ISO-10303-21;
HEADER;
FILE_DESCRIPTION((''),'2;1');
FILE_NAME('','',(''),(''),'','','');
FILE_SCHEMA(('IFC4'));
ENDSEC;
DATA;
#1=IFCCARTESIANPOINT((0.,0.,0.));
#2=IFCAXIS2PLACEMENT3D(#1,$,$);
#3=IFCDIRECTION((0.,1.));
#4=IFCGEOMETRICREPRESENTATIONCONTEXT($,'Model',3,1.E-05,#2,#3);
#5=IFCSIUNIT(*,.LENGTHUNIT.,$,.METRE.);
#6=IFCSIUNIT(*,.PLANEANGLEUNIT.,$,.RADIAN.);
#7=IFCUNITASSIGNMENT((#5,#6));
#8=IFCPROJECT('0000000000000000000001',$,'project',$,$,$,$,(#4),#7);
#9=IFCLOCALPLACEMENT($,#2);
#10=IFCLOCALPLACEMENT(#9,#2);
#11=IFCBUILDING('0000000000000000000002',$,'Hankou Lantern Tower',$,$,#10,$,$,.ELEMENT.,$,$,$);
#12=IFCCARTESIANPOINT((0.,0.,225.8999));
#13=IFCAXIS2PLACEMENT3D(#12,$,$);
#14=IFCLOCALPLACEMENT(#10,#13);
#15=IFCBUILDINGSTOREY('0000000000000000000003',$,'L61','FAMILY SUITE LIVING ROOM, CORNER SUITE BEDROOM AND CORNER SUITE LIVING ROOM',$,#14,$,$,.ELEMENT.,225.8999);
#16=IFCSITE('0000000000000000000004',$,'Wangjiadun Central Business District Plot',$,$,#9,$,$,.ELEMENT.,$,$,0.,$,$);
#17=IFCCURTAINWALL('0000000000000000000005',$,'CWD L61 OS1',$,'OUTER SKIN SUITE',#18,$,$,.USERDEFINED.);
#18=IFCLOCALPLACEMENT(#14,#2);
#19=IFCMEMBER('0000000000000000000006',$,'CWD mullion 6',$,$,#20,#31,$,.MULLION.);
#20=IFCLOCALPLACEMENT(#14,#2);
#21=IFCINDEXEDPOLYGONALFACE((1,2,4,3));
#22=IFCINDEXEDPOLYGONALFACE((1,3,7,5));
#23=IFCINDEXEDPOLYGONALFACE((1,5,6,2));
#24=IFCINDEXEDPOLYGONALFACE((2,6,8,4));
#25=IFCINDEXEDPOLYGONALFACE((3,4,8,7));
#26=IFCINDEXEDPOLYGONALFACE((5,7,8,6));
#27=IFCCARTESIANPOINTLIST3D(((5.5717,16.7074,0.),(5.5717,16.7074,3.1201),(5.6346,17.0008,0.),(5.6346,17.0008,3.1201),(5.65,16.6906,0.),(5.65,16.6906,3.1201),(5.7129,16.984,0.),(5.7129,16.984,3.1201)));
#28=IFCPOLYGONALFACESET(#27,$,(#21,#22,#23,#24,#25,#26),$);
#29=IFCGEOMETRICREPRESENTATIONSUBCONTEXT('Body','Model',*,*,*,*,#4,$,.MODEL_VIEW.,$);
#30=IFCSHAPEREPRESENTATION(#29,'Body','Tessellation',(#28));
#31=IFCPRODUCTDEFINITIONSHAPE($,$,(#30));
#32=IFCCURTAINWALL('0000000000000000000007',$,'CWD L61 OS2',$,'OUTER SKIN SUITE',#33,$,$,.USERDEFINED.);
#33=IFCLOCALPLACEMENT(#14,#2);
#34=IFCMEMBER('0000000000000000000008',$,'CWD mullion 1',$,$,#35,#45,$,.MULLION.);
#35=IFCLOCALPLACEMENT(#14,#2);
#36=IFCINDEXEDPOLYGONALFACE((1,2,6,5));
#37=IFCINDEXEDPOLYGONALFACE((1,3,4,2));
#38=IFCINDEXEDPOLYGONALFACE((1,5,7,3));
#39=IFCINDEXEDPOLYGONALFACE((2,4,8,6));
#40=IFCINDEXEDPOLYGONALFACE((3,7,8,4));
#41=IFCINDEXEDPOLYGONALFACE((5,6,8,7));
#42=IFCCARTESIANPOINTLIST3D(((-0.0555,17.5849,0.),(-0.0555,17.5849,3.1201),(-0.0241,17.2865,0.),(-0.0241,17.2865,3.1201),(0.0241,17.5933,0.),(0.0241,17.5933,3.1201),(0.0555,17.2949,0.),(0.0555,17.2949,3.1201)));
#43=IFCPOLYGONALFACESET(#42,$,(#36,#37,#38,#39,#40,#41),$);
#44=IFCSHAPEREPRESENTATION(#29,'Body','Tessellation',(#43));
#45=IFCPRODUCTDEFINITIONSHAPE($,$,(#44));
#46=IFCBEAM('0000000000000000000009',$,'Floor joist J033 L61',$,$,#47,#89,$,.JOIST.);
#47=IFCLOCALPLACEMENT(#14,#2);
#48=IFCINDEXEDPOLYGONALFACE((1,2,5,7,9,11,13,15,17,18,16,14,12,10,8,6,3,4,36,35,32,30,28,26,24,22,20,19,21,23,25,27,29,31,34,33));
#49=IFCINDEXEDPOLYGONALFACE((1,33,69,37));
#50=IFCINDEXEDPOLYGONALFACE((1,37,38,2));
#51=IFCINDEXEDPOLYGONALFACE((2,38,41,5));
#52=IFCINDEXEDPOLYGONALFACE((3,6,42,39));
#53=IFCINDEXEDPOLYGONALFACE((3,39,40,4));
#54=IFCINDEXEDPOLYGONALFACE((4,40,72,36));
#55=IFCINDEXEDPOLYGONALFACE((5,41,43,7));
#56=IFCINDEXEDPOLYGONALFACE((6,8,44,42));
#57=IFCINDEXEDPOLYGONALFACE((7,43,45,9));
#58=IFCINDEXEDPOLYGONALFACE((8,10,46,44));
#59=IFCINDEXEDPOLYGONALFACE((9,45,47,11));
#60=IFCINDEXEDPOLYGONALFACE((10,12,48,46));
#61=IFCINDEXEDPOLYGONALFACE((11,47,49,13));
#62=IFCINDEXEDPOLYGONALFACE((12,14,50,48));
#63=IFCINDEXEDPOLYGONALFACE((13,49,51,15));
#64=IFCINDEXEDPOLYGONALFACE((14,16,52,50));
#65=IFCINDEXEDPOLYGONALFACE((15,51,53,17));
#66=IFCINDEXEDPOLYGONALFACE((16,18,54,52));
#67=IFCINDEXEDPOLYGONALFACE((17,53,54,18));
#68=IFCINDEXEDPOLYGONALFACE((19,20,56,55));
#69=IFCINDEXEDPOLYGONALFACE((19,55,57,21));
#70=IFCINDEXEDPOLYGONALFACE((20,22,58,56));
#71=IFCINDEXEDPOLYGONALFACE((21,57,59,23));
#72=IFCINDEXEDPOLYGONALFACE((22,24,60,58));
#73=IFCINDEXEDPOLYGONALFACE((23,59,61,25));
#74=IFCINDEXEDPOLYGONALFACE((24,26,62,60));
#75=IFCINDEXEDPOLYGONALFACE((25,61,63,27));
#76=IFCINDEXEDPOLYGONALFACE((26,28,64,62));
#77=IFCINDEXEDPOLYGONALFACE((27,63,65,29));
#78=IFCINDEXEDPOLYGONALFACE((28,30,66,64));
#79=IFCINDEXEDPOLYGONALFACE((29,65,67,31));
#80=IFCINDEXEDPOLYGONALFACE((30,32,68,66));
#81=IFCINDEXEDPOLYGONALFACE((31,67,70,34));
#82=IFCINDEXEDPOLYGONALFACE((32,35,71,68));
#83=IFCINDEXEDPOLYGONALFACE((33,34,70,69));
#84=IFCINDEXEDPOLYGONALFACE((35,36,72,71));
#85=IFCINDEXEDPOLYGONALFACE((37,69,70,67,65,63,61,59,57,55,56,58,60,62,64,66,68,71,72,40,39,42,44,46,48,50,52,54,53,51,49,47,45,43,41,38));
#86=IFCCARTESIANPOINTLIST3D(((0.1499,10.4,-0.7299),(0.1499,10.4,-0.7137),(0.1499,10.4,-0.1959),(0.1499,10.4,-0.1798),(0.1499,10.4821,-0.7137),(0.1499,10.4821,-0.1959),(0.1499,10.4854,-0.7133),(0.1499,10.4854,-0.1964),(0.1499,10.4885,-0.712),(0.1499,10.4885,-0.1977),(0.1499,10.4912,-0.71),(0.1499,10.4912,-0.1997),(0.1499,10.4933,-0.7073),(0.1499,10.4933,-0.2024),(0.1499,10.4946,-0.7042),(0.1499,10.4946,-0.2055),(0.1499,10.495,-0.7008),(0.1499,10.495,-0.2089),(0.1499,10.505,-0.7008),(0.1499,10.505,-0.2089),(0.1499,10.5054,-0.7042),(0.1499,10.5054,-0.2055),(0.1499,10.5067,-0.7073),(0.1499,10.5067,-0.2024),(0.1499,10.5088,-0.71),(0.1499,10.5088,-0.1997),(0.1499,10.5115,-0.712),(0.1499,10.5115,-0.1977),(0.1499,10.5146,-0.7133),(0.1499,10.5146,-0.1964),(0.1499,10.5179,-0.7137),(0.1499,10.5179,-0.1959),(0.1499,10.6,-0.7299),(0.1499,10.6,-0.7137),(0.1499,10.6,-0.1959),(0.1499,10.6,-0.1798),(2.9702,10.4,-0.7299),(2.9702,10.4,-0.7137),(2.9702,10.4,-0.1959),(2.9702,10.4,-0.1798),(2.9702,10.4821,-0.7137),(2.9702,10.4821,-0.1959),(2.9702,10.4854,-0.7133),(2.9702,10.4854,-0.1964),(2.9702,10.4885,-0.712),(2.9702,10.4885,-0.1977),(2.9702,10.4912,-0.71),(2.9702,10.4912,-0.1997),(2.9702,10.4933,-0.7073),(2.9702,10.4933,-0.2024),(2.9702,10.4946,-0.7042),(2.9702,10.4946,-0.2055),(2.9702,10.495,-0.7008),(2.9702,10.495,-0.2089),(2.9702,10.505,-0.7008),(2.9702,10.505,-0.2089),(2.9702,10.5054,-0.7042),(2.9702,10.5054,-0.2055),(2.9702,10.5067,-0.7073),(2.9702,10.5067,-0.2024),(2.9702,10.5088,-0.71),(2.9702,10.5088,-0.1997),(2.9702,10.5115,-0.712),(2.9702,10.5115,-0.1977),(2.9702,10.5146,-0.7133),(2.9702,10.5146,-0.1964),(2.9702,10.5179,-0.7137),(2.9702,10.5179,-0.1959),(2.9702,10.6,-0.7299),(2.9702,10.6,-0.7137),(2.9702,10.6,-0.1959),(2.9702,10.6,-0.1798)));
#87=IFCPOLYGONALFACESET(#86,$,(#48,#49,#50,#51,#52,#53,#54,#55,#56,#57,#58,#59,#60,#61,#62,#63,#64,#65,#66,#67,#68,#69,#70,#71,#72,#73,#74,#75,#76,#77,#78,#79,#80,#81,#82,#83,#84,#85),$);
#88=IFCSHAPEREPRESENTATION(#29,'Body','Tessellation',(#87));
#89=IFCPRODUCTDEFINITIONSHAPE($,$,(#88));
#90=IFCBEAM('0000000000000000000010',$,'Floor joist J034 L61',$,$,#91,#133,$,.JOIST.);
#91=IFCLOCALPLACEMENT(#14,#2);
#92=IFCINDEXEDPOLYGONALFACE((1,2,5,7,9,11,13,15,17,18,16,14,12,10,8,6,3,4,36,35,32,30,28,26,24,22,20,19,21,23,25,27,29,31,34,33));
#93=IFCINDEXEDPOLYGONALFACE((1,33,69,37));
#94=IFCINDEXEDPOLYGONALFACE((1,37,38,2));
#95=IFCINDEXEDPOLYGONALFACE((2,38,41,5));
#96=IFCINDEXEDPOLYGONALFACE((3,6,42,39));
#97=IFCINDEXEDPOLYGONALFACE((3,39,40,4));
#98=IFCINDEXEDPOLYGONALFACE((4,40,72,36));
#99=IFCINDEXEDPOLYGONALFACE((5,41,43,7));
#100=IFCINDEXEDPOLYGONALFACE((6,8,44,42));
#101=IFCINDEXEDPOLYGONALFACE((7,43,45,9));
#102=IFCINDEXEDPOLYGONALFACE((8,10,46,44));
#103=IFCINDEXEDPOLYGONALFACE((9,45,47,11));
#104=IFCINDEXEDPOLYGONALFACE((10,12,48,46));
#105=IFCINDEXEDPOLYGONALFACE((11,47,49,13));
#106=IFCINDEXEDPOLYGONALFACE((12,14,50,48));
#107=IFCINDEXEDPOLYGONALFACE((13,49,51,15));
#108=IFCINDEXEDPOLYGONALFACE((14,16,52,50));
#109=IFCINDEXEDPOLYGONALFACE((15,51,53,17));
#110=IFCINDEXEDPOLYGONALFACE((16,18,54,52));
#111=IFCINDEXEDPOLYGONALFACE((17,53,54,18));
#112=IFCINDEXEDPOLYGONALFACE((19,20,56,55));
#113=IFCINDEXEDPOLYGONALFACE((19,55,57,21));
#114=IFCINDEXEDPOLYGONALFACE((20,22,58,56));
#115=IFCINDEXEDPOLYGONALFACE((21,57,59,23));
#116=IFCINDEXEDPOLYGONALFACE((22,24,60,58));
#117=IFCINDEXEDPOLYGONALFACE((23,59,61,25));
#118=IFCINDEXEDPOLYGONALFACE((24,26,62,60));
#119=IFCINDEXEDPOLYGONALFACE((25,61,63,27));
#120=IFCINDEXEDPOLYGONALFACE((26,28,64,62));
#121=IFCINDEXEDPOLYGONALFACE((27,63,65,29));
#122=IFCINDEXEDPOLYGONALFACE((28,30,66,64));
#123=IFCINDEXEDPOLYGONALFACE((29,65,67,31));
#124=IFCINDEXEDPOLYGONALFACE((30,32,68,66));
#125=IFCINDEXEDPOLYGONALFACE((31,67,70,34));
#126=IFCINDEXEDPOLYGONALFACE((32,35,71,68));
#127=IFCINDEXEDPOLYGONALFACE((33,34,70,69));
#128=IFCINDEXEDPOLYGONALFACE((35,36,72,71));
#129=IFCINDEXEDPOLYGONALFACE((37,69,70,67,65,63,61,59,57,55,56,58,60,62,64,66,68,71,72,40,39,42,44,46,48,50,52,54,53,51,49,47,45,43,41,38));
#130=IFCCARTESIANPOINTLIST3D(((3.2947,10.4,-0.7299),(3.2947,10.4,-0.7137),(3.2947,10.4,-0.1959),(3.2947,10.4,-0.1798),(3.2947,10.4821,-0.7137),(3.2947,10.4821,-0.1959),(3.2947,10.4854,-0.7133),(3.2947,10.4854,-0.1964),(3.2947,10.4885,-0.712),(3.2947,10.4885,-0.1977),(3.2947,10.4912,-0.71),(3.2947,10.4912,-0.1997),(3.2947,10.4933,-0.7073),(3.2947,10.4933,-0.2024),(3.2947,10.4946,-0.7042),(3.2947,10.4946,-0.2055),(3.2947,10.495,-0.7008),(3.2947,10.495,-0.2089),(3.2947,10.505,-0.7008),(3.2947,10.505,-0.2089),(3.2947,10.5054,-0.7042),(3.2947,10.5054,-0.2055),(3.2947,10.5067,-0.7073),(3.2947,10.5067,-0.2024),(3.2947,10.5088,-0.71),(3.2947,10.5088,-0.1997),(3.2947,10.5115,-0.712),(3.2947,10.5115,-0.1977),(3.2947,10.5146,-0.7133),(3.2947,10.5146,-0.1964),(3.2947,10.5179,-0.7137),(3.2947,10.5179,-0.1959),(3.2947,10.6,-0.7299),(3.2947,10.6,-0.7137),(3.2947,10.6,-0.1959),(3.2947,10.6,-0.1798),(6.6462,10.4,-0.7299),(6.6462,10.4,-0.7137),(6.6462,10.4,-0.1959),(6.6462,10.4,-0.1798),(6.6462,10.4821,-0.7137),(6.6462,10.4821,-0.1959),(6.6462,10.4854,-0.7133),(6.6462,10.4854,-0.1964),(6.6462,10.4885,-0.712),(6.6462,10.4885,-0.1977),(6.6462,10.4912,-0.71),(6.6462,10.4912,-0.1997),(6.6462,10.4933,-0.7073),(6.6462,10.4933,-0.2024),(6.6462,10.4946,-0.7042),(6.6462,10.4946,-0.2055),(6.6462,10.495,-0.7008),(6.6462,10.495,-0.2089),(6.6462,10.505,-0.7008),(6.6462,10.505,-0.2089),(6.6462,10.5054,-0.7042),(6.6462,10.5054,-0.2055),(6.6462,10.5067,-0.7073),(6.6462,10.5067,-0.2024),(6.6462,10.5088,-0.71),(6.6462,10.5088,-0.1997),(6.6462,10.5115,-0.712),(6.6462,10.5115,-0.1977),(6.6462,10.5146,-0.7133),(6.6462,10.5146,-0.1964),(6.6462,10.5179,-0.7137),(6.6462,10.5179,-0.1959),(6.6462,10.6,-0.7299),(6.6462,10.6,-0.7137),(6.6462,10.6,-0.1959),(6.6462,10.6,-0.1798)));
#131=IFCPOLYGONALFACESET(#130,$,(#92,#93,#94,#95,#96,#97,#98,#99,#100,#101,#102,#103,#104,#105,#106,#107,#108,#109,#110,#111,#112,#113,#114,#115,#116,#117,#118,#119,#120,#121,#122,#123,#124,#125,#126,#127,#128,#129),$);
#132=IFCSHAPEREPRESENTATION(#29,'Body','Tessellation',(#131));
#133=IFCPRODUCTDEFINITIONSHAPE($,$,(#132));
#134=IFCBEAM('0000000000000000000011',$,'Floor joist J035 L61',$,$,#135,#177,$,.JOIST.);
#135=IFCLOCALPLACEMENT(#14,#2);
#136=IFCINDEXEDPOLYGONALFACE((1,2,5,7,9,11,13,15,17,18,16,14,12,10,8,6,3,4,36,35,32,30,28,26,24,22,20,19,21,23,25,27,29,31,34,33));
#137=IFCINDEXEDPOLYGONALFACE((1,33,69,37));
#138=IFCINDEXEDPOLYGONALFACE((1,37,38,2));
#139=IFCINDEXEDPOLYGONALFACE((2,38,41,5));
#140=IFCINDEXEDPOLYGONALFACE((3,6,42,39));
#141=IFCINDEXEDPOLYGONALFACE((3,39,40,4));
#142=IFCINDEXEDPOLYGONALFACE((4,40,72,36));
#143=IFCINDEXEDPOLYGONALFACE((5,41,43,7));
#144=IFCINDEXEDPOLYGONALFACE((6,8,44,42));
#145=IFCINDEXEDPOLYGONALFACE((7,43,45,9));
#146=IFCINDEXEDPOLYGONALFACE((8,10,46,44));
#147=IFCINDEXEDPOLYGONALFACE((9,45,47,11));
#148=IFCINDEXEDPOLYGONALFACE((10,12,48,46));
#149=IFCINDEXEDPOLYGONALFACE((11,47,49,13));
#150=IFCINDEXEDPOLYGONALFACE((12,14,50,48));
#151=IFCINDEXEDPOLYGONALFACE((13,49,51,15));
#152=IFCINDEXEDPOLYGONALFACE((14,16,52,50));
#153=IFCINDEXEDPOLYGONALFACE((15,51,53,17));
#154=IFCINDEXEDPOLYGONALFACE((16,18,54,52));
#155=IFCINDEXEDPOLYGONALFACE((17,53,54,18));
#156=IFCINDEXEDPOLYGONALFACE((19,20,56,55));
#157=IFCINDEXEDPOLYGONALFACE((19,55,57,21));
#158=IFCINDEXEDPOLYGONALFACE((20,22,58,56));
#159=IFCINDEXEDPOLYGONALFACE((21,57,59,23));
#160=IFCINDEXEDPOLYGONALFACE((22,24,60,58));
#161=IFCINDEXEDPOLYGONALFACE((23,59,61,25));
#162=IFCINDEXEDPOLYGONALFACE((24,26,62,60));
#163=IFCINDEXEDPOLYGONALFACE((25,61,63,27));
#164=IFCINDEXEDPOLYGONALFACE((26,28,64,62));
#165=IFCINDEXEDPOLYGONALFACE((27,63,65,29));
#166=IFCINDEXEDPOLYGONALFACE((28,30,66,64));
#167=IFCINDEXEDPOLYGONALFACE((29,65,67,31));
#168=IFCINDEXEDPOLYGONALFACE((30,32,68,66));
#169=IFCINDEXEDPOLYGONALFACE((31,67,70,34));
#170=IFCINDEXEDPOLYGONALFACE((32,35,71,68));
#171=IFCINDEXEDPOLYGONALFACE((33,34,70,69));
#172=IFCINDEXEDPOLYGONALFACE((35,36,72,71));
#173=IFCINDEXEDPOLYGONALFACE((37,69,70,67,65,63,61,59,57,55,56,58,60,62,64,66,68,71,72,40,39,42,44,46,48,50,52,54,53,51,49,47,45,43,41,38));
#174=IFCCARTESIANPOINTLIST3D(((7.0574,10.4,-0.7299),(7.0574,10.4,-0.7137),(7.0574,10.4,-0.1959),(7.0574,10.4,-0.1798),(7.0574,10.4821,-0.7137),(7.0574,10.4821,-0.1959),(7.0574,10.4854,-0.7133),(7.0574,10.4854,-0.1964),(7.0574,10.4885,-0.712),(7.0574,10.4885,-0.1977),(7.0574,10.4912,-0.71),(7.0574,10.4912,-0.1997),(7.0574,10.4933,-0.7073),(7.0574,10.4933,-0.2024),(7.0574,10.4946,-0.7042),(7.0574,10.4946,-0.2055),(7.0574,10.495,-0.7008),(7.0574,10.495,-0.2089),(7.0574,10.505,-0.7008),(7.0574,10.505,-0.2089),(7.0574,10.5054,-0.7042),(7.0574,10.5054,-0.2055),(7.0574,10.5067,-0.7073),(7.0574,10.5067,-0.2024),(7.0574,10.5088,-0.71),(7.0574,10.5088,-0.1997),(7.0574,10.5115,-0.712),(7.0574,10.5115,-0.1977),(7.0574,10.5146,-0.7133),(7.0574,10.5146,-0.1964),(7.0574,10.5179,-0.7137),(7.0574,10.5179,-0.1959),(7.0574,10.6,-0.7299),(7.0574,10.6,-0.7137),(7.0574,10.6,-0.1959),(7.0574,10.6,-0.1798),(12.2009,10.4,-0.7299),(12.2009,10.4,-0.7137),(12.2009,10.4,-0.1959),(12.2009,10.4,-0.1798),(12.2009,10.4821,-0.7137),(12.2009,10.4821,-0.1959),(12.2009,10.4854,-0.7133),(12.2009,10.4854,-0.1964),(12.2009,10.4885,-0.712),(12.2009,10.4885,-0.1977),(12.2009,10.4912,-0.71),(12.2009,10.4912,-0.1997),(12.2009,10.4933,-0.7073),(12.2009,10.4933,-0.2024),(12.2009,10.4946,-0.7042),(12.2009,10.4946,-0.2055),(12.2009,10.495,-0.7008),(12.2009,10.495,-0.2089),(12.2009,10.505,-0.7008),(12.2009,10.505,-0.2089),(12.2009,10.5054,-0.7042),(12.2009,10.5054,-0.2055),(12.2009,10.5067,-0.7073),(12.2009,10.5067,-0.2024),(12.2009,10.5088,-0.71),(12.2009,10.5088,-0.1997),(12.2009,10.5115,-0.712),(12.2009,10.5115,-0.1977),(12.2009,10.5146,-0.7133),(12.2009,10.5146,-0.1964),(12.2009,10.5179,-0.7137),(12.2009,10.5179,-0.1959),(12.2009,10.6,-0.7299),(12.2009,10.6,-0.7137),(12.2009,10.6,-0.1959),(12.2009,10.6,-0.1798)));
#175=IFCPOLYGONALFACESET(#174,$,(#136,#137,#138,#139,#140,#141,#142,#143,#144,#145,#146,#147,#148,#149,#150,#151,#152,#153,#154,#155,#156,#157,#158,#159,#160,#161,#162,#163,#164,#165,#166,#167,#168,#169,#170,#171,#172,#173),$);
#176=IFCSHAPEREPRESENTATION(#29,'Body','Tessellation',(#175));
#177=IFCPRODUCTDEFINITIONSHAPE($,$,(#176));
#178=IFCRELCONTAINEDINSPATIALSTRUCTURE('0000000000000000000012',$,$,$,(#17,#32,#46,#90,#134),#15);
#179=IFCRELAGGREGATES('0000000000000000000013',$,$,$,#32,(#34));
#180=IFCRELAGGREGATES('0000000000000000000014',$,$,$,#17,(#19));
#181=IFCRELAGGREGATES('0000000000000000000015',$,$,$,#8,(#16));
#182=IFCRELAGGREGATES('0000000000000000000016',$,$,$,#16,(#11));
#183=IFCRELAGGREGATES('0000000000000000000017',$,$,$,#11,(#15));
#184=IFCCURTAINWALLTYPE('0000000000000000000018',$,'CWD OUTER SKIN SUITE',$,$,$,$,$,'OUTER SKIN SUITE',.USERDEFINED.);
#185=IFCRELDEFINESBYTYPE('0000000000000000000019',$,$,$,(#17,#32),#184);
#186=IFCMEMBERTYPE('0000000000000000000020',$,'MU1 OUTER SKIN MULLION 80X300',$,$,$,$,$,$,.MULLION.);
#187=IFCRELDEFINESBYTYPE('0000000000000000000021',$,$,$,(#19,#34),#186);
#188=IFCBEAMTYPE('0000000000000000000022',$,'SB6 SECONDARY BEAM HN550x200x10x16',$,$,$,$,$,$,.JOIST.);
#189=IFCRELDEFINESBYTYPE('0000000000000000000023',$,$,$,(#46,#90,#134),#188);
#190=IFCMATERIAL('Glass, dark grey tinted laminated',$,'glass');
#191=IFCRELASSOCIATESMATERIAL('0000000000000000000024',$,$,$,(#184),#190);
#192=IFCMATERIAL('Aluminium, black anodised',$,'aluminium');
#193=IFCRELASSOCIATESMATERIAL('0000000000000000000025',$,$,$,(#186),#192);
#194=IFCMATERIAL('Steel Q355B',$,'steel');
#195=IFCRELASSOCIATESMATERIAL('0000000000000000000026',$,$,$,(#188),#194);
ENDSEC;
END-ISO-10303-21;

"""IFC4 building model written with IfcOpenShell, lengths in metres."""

from ifc_helpers import new_model, si_unit, direction, frame, origin, origin_2d, place, context, subcontext, project, spatial, rectangle, i_section, extrude, material, material_profile, profile_set, type_object, element, aggregate, save


model = new_model("IFC4")

# Units and contexts
model_context = context("Model", 3, precision=1e-05, world=origin(), true_north=direction((0.0, 1.0)))
body_context = subcontext(model_context, "Body", "Model", "MODEL_VIEW")
ifc_project = project(units=[si_unit("LENGTHUNIT", "METRE"), si_unit("PLANEANGLEUNIT", "RADIAN")], contexts=[model_context])

# Site, building, storey
site_placement = place(None, origin())
site = spatial("IfcSite", under=ifc_project, at=site_placement, Name="Wangjiadun Central Business District Plot", CompositionType="ELEMENT", RefElevation=0.0)
building_placement = place(site_placement, origin())
building = spatial("IfcBuilding", under=site, at=building_placement, Name="Hankou Lantern Tower", CompositionType="ELEMENT")
storey_placement = place(building_placement, frame((0.0, 0.0, 225.8999)))
storey = spatial("IfcBuildingStorey", under=building, at=storey_placement, Name="L61", Description="FAMILY SUITE LIVING ROOM, CORNER SUITE BEDROOM AND CORNER SUITE LIVING ROOM", CompositionType="ELEMENT", Elevation=225.8999)

# Curtain walls, members
ifc_material_1 = material(Name="Glass, dark grey tinted laminated", Category="glass")
curtain_wall_type = type_object("IfcCurtainWallType", Name="CWD OUTER SKIN SUITE", ElementType="OUTER SKIN SUITE", PredefinedType="USERDEFINED", material=ifc_material_1)
curtain_wall_1_placement = place(storey_placement, origin())
curtain_wall_1 = element("IfcCurtainWall", 1, at=curtain_wall_1_placement, inside=storey, type_object=curtain_wall_type, Name="CWD L61 OS1", ObjectType="OUTER SKIN SUITE", PredefinedType="USERDEFINED")
ifc_material_2 = material(Name="Aluminium, black anodised", Category="aluminium")
ifc_material_profile_1 = material_profile(ifc_material_2, rectangle(XDim=0.0801, YDim=0.3, at=origin_2d()), Name="MU1 80X300")
ifc_profile_set_1 = profile_set([ifc_material_profile_1], Name="Aluminium, black anodised")
member_type_1 = type_object("IfcMemberType", Name="MU1 OUTER SKIN MULLION 80X300", PredefinedType="MULLION", material=ifc_profile_set_1)
member_1_placement = place(storey_placement, frame((5.6423, 16.8457, 0.0), z_axis=(0.0, 0.0, 1.0), x_axis=(-0.977788, 0.209598, 0.0)))
member_1 = element("IfcMember", 2, at=member_1_placement, type_object=member_type_1, Name="CWD mullion 6", PredefinedType="MULLION", context=body_context, shape_type="SweptSolid", body=[
    extrude(rectangle(XDim=0.0801, YDim=0.3, at=origin_2d()), origin(), (0.0, 0.0, 1.0), 3.1201),
])
curtain_wall_2_placement = place(storey_placement, origin())
curtain_wall_2 = element("IfcCurtainWall", 3, at=curtain_wall_2_placement, inside=storey, type_object=curtain_wall_type, Name="CWD L61 OS2", ObjectType="OUTER SKIN SUITE", PredefinedType="USERDEFINED")
member_2_placement = place(storey_placement, frame((0.0, 17.4399, 0.0), z_axis=(0.0, 0.0, 1.0), x_axis=(-0.994499, -0.104743, 0.0)))
member_2 = element("IfcMember", 4, at=member_2_placement, type_object=member_type_1, Name="CWD mullion 1", PredefinedType="MULLION", context=body_context, shape_type="SweptSolid", body=[
    extrude(rectangle(XDim=0.0801, YDim=0.3, at=origin_2d()), origin(), (0.0, 0.0, 1.0), 3.1201),
])
aggregate(curtain_wall_2, [member_2])

# Beams
ifc_material_3 = material(Name="Steel Q355B", Category="steel")
ifc_material_profile_2 = material_profile(ifc_material_3, i_section(OverallWidth=0.2, OverallDepth=0.55, WebThickness=0.01, FlangeThickness=0.0161, FilletRadius=0.0129, at=origin_2d()), Name="HN550x200x10x16")
ifc_profile_set_2 = profile_set([ifc_material_profile_2], Name="Steel Q355B")
beam_type_1 = type_object("IfcBeamType", Name="SB6 SECONDARY BEAM HN550x200x10x16", PredefinedType="JOIST", material=ifc_profile_set_2)
beam_1_placement = place(storey_placement, frame((0.1499, 10.5, -0.4548), z_axis=(1.0, 0.0, 0.0), x_axis=(0.0, 1.0, 0.0)))
element("IfcBeam", 5, at=beam_1_placement, inside=storey, type_object=beam_type_1, Name="Floor joist J033 L61", PredefinedType="JOIST", context=body_context, shape_type="SweptSolid", body=[
    extrude(i_section(OverallWidth=0.2, OverallDepth=0.55, WebThickness=0.01, FlangeThickness=0.0161, FilletRadius=0.0129, at=origin_2d()), origin(), (0.0, 0.0, 1.0), 2.8203),
])
beam_2_placement = place(storey_placement, frame((3.2947, 10.5, -0.4548), z_axis=(1.0, 0.0, 0.0), x_axis=(0.0, 1.0, 0.0)))
element("IfcBeam", 6, at=beam_2_placement, inside=storey, type_object=beam_type_1, Name="Floor joist J034 L61", PredefinedType="JOIST", context=body_context, shape_type="SweptSolid", body=[
    extrude(i_section(OverallWidth=0.2, OverallDepth=0.55, WebThickness=0.01, FlangeThickness=0.0161, FilletRadius=0.0129, at=origin_2d()), origin(), (0.0, 0.0, 1.0), 3.3516),
])
beam_3_placement = place(storey_placement, frame((7.0574, 10.5, -0.4548), z_axis=(1.0, 0.0, 0.0), x_axis=(0.0, 1.0, 0.0)))
element("IfcBeam", 7, at=beam_3_placement, inside=storey, type_object=beam_type_1, Name="Floor joist J035 L61", PredefinedType="JOIST", context=body_context, shape_type="SweptSolid", body=[
    extrude(i_section(OverallWidth=0.2, OverallDepth=0.55, WebThickness=0.01, FlangeThickness=0.0161, FilletRadius=0.0129, at=origin_2d()), origin(), (0.0, 0.0, 1.0), 5.1436),
])

aggregate(curtain_wall_1, [member_1])

save(model, "model.ifc")
